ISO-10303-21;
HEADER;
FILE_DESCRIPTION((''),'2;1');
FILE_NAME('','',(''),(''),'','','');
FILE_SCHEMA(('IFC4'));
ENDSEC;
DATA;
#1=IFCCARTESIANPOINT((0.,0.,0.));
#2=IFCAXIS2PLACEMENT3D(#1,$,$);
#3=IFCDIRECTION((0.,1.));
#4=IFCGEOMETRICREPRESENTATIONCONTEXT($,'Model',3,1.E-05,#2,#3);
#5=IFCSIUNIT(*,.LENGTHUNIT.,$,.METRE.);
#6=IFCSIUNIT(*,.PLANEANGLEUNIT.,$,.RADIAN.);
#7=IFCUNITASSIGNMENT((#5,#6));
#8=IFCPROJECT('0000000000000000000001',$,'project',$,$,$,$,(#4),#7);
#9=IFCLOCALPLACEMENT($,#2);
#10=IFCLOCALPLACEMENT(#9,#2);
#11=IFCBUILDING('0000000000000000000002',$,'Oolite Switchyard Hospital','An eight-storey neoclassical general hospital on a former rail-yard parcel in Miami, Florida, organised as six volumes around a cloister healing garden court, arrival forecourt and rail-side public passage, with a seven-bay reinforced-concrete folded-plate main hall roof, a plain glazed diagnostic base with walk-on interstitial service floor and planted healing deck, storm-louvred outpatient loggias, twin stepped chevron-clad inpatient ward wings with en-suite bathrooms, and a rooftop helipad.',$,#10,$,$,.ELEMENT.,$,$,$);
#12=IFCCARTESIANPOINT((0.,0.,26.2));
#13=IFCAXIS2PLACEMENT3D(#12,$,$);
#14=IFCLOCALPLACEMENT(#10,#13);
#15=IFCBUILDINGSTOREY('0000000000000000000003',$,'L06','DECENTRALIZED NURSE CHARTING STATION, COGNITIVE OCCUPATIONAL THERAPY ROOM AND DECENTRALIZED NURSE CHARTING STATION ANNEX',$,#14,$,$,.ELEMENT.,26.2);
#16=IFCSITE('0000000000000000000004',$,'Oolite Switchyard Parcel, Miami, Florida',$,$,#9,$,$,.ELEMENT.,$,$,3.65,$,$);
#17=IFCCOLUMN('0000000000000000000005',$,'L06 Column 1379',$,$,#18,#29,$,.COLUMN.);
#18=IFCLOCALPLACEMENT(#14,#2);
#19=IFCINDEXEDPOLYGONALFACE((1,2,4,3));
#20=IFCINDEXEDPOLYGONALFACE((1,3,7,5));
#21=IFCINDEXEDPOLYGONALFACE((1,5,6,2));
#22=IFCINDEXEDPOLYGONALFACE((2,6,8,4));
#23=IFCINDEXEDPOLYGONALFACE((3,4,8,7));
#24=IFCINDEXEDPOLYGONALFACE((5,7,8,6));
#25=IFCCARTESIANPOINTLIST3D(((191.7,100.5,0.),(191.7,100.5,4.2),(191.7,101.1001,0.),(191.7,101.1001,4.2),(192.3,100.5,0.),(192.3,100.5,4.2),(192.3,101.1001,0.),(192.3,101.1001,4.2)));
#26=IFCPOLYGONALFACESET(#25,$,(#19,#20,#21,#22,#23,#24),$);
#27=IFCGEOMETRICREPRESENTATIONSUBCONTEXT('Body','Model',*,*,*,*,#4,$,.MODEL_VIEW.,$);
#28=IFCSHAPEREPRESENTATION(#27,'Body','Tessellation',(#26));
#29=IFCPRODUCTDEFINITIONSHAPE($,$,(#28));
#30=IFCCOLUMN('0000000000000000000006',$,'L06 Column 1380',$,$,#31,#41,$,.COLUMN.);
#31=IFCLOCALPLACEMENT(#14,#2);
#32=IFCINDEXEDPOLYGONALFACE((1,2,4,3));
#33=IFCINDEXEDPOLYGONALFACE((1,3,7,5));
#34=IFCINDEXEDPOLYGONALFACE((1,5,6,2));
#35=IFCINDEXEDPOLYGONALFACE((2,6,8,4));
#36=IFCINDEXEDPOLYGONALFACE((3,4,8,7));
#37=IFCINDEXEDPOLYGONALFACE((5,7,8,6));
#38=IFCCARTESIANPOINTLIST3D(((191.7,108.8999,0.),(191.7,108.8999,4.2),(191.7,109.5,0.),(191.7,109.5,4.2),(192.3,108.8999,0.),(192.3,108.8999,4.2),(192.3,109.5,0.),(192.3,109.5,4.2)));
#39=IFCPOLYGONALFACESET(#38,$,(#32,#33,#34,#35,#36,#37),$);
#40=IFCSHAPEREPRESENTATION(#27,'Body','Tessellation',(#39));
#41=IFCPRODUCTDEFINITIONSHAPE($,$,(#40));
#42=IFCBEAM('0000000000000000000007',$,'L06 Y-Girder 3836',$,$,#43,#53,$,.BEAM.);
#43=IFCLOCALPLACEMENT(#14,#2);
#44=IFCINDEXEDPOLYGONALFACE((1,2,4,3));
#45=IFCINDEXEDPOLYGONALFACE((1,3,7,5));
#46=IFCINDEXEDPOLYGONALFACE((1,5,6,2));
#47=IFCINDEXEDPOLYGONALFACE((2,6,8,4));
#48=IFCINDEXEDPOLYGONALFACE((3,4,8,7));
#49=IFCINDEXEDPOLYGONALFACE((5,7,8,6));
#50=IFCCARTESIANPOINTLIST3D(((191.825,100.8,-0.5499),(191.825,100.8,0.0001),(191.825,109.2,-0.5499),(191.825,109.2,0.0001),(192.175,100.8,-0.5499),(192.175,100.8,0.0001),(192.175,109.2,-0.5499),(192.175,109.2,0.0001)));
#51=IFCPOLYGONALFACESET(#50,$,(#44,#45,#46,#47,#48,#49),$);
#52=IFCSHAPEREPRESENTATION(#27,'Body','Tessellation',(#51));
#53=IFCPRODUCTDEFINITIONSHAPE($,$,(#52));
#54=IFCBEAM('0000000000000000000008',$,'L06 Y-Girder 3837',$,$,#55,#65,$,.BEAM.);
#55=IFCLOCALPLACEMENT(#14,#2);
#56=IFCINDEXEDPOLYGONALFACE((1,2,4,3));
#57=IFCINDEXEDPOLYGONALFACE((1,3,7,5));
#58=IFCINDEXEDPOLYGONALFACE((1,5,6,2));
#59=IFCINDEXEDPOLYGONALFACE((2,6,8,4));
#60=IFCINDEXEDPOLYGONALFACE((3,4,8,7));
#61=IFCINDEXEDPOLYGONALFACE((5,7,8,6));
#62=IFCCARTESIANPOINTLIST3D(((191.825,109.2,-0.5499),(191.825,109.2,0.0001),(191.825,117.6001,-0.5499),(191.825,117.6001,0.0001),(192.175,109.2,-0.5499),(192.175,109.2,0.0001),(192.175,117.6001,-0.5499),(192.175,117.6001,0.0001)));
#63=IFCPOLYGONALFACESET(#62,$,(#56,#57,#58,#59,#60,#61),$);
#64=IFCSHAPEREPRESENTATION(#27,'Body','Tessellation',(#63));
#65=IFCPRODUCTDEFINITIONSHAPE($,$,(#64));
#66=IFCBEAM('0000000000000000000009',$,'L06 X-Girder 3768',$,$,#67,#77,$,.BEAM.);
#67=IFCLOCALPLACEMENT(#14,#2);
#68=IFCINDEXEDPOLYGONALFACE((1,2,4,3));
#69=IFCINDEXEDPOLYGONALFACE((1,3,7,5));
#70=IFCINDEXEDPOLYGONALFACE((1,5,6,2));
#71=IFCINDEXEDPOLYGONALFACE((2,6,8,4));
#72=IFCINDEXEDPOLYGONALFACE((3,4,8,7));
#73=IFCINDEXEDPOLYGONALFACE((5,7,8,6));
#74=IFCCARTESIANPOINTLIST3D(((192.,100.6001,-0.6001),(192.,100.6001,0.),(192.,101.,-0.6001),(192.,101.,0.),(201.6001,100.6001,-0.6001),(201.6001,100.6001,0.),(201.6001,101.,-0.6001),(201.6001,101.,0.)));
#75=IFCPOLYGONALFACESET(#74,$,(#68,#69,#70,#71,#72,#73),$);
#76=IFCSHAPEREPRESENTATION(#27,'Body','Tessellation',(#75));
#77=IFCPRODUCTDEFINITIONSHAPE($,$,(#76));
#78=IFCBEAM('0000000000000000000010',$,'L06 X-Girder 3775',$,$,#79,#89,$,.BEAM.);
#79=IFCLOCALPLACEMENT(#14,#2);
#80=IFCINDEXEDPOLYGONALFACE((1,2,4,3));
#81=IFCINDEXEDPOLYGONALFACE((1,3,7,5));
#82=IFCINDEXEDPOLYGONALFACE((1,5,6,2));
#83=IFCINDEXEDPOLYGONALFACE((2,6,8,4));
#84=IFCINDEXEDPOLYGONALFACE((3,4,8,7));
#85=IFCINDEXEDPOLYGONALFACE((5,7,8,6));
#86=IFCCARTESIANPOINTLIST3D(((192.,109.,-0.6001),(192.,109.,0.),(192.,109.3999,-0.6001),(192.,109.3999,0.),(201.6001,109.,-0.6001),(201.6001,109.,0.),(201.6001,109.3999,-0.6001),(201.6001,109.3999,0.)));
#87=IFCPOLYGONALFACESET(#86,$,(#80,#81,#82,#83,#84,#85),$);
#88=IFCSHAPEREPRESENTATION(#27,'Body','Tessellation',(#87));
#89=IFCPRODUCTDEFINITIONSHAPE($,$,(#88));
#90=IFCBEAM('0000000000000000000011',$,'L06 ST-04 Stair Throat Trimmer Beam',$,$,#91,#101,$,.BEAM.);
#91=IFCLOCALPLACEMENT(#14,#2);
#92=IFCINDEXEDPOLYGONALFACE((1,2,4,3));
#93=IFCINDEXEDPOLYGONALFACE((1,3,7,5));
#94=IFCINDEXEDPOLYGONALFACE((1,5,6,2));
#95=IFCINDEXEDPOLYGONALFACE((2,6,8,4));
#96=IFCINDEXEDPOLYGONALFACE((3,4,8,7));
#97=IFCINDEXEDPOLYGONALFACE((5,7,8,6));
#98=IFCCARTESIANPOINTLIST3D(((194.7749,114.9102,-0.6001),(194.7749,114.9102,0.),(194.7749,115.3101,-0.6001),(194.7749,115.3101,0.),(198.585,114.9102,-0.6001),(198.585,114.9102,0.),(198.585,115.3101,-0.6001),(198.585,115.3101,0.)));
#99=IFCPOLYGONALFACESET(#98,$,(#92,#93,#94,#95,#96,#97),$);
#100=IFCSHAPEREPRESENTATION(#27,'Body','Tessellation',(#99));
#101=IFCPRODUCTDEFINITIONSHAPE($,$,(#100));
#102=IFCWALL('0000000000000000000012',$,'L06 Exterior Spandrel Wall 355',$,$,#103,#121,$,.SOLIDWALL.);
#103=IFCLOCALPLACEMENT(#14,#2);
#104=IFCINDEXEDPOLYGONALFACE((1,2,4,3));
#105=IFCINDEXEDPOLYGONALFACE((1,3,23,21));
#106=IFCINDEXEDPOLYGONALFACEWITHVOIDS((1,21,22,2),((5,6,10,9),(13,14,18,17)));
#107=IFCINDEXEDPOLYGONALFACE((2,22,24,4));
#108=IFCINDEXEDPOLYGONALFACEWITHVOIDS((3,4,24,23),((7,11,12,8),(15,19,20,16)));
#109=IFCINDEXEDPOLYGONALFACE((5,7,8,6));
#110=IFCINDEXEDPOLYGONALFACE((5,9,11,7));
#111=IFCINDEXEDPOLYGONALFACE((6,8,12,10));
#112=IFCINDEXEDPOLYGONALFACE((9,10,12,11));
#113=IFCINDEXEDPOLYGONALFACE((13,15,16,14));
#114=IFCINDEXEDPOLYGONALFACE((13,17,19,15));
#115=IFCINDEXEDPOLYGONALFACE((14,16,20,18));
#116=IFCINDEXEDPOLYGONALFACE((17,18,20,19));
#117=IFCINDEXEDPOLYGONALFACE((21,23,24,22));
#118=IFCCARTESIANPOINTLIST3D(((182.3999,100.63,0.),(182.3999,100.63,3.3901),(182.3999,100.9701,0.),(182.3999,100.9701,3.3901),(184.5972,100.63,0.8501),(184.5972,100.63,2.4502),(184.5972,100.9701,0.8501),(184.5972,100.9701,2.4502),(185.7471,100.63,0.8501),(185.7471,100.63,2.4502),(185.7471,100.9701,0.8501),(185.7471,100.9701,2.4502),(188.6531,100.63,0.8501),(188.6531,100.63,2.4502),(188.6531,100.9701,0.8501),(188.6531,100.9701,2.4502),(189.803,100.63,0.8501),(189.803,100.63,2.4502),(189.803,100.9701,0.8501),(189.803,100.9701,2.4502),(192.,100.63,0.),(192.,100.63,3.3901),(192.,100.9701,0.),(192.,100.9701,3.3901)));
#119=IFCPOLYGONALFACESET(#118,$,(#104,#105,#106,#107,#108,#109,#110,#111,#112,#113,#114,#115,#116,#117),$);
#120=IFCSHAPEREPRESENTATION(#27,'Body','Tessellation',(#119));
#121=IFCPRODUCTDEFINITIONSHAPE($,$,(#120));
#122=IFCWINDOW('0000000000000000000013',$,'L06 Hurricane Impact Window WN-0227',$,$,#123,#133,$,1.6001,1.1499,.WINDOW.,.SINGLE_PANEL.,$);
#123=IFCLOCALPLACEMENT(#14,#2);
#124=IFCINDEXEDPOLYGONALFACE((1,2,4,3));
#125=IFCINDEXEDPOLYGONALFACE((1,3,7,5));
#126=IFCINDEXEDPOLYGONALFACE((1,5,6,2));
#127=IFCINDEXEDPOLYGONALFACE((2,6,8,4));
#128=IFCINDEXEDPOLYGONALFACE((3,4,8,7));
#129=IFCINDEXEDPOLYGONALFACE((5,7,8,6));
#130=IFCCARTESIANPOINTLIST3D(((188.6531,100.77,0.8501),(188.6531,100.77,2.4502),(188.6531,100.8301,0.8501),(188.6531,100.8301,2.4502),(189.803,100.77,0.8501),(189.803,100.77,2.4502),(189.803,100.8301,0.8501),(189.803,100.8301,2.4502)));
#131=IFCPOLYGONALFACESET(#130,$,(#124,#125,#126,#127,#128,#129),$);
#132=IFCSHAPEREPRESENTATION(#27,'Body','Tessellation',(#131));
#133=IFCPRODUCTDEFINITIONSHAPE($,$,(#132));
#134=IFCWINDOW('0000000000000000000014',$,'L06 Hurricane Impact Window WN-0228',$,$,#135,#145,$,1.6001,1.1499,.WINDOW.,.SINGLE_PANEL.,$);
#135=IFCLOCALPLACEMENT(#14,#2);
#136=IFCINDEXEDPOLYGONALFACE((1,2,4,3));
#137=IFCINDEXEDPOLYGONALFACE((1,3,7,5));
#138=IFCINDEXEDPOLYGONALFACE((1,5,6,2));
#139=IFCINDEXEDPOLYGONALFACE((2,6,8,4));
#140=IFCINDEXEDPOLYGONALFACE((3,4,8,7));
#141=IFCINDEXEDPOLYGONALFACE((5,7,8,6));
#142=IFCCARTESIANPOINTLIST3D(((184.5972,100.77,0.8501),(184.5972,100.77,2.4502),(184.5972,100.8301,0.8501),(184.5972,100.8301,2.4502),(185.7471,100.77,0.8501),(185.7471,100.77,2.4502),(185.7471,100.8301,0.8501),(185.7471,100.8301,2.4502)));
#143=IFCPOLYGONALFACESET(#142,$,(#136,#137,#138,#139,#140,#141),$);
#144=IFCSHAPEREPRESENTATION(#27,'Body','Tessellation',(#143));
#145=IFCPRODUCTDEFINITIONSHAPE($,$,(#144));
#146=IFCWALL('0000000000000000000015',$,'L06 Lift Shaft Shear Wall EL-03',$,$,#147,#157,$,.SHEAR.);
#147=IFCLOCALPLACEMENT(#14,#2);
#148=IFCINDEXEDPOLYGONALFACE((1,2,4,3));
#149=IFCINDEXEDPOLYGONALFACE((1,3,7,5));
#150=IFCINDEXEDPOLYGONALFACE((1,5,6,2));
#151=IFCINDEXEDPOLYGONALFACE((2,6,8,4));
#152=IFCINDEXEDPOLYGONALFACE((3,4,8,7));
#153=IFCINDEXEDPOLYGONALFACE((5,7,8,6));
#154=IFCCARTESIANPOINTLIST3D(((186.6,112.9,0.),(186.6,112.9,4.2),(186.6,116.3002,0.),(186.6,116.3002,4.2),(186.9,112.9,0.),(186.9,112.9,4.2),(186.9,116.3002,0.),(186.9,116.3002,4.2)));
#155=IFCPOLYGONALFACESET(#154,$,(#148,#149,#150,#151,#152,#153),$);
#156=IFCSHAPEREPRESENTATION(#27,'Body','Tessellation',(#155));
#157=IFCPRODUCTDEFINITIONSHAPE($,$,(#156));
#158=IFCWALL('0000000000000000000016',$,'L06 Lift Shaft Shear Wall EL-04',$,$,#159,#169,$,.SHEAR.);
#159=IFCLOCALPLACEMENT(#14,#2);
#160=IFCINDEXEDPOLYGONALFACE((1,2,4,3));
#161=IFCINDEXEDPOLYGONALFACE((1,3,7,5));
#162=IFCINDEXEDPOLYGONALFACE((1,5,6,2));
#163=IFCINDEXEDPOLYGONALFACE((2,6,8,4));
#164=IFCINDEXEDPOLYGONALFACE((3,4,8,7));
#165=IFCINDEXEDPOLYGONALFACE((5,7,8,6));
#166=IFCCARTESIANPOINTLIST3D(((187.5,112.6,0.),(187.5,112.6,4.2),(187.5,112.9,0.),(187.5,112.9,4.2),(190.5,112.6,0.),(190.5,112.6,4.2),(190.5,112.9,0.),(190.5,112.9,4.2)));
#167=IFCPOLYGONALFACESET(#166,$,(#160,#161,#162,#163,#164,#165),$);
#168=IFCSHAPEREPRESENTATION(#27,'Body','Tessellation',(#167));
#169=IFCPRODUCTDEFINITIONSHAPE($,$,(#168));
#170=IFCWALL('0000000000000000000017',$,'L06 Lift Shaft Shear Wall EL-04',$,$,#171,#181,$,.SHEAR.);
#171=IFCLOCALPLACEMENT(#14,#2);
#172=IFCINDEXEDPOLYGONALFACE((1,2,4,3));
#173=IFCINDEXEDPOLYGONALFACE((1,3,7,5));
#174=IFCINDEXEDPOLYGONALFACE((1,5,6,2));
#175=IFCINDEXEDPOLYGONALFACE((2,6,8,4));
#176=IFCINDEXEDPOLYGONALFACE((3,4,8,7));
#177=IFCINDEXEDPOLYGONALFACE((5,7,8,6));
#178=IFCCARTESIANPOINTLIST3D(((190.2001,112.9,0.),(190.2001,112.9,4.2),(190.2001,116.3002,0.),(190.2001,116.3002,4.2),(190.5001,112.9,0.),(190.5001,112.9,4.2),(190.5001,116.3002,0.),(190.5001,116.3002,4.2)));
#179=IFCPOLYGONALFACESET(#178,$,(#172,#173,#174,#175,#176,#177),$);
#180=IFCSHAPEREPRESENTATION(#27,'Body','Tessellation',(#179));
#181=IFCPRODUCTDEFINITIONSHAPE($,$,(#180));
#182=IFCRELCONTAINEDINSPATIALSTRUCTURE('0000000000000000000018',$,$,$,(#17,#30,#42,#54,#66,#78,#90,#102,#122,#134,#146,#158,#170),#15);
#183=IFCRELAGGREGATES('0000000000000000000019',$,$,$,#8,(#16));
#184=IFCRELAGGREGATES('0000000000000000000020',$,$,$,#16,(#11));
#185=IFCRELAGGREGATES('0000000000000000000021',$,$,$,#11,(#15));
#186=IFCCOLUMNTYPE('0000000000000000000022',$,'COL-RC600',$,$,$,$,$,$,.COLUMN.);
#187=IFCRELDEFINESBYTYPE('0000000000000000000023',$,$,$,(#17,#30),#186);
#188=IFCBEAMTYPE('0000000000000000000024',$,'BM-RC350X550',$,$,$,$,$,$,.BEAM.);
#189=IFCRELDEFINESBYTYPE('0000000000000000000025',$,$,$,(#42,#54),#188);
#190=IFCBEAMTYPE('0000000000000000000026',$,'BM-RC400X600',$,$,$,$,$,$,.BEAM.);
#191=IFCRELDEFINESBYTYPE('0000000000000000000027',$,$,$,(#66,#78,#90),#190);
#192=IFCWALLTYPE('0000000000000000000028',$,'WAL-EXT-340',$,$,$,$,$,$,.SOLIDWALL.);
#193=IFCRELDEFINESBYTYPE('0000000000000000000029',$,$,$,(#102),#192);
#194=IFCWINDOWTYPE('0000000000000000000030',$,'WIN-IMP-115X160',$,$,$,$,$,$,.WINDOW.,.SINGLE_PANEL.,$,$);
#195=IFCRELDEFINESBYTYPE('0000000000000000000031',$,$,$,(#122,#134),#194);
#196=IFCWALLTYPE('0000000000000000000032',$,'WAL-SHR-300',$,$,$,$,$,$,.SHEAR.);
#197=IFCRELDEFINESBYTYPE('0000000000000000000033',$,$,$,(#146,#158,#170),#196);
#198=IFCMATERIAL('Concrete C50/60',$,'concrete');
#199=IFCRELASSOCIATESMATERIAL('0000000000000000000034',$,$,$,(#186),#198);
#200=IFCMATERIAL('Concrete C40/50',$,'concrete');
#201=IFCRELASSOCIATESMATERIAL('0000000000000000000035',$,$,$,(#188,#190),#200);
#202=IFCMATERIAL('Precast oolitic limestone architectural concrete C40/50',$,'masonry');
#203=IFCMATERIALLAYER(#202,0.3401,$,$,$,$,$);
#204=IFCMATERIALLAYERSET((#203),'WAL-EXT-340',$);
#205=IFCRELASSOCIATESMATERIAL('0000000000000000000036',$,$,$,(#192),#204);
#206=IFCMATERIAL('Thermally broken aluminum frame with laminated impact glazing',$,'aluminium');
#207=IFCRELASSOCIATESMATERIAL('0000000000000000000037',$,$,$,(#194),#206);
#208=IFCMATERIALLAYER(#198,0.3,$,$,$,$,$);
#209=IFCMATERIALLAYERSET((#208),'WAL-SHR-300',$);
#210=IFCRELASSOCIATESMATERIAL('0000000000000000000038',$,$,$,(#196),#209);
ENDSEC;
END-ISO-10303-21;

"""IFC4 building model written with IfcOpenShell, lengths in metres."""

from ifc_helpers import new_model, si_unit, direction, frame, frame_2d, origin, origin_2d, place, context, subcontext, project, spatial, rectangle, extrude, material, layer, layer_set, material_profile, profile_set, type_object, element, fill, save


model = new_model("IFC4")

# Units and contexts
model_context = context("Model", 3, precision=1e-05, world=origin(), true_north=direction((0.0, 1.0)))
body_context = subcontext(model_context, "Body", "Model", "MODEL_VIEW")
ifc_project = project(units=[si_unit("LENGTHUNIT", "METRE"), si_unit("PLANEANGLEUNIT", "RADIAN")], contexts=[model_context])

# Site, building, storey
site_placement = place(None, origin())
site = spatial("IfcSite", under=ifc_project, at=site_placement, Name="Oolite Switchyard Parcel, Miami, Florida", CompositionType="ELEMENT", RefElevation=3.65)
building_placement = place(site_placement, origin())
building = spatial("IfcBuilding", under=site, at=building_placement, Name="Oolite Switchyard Hospital", Description="An eight-storey neoclassical general hospital on a former rail-yard parcel in Miami, Florida, organised as six volumes around a cloister healing garden court, arrival forecourt and rail-side public passage, with a seven-bay reinforced-concrete folded-plate main hall roof, a plain glazed diagnostic base with walk-on interstitial service floor and planted healing deck, storm-louvred outpatient loggias, twin stepped chevron-clad inpatient ward wings with en-suite bathrooms, and a rooftop helipad.", CompositionType="ELEMENT")
storey_placement = place(building_placement, frame((0.0, 0.0, 26.2)))
storey = spatial("IfcBuildingStorey", under=building, at=storey_placement, Name="L06", Description="DECENTRALIZED NURSE CHARTING STATION, COGNITIVE OCCUPATIONAL THERAPY ROOM AND DECENTRALIZED NURSE CHARTING STATION ANNEX", CompositionType="ELEMENT", Elevation=26.2)

# Columns
ifc_material_1 = material(Name="Concrete C50/60", Category="concrete")
ifc_material_profile_1 = material_profile(ifc_material_1, rectangle(XDim=0.6001, YDim=0.6001, at=origin_2d()), Name="RC600X600")
ifc_profile_set_1 = profile_set([ifc_material_profile_1], Name="Concrete C50/60")
column_type = type_object("IfcColumnType", Name="COL-RC600", PredefinedType="COLUMN", material=ifc_profile_set_1)
for number, where, z_axis, x_axis, name in (
    (1, (192.0, 100.8, 0.0), (0.0, 0.0, 1.0), (1.0, 0.0, 0.0), "L06 Column 1379"),
    (2, (192.0, 109.2, 0.0), (0.0, 0.0, 1.0), (1.0, 0.0, 0.0), "L06 Column 1380"),
):
    element("IfcColumn", number, at=place(storey_placement, frame(where, z_axis=z_axis, x_axis=x_axis)), inside=storey, type_object=column_type, Name=name, PredefinedType="COLUMN", context=body_context, shape_type="SweptSolid", body=[
        extrude(rectangle(XDim=0.6001, YDim=0.6001, at=origin_2d()), origin(), (0.0, 0.0, 1.0), 4.2),
    ])

# Beams
ifc_material_2 = material(Name="Concrete C40/50", Category="concrete")
ifc_material_profile_2 = material_profile(ifc_material_2, rectangle(XDim=0.3501, YDim=0.55, at=origin_2d()), Name="RCB350X550")
ifc_profile_set_2 = profile_set([ifc_material_profile_2], Name="Concrete C40/50")
beam_type_1 = type_object("IfcBeamType", Name="BM-RC350X550", PredefinedType="BEAM", material=ifc_profile_set_2)
beam_1_placement = place(storey_placement, frame((192.0, 100.8, -0.2749), z_axis=(0.0, 1.0, 0.0), x_axis=(-1.0, 0.0, 0.0)))
element("IfcBeam", 3, at=beam_1_placement, inside=storey, type_object=beam_type_1, Name="L06 Y-Girder 3836", PredefinedType="BEAM", context=body_context, shape_type="SweptSolid", body=[
    extrude(rectangle(XDim=0.3501, YDim=0.55, at=origin_2d()), origin(), (0.0, 0.0, 1.0), 8.3999),
])
beam_2_placement = place(storey_placement, frame((192.0, 109.2, -0.2749), z_axis=(0.0, 1.0, 0.0), x_axis=(-1.0, 0.0, 0.0)))
element("IfcBeam", 4, at=beam_2_placement, inside=storey, type_object=beam_type_1, Name="L06 Y-Girder 3837", PredefinedType="BEAM", context=body_context, shape_type="SweptSolid", body=[
    extrude(rectangle(XDim=0.3501, YDim=0.55, at=origin_2d()), origin(), (0.0, 0.0, 1.0), 8.4001),
])
ifc_material_profile_3 = material_profile(ifc_material_2, rectangle(XDim=0.3999, YDim=0.6001, at=origin_2d()), Name="RCB400X600")
ifc_profile_set_3 = profile_set([ifc_material_profile_3], Name="Concrete C40/50")
beam_type_2 = type_object("IfcBeamType", Name="BM-RC400X600", PredefinedType="BEAM", material=ifc_profile_set_3)
for number, where, z_axis, x_axis, name in (
    (5, (192.0, 100.8, -0.3), (1.0, 0.0, 0.0), (0.0, 1.0, 0.0), "L06 X-Girder 3768"),
    (6, (192.0, 109.2, -0.3), (1.0, 0.0, 0.0), (0.0, 1.0, 0.0), "L06 X-Girder 3775"),
):
    element("IfcBeam", number, at=place(storey_placement, frame(where, z_axis=z_axis, x_axis=x_axis)), inside=storey, type_object=beam_type_2, Name=name, PredefinedType="BEAM", context=body_context, shape_type="SweptSolid", body=[
        extrude(rectangle(XDim=0.3999, YDim=0.6001, at=origin_2d()), origin(), (0.0, 0.0, 1.0), 9.6001),
    ])
beam_3_placement = place(storey_placement, frame((194.7749, 115.1101, -0.3), z_axis=(1.0, 0.0, 0.0), x_axis=(0.0, 1.0, 0.0)))
element("IfcBeam", 7, at=beam_3_placement, inside=storey, type_object=beam_type_2, Name="L06 ST-04 Stair Throat Trimmer Beam", PredefinedType="BEAM", context=body_context, shape_type="SweptSolid", body=[
    extrude(rectangle(XDim=0.3999, YDim=0.6001, at=origin_2d()), origin(), (0.0, 0.0, 1.0), 3.8101),
])

# Wall, openings, windows
ifc_material_3 = material(Name="Precast oolitic limestone architectural concrete C40/50", Category="masonry")
ifc_layer_1 = layer(ifc_material_3, 0.3401)
ifc_layer_set_1 = layer_set([ifc_layer_1], Name="WAL-EXT-340")
wall_type_1 = type_object("IfcWallType", Name="WAL-EXT-340", PredefinedType="SOLIDWALL", material=ifc_layer_set_1)
wall_1_placement = place(storey_placement, frame((192.0, 100.8, 0.0), z_axis=(0.0, 0.0, 1.0), x_axis=(-1.0, 0.0, 0.0)))
wall_1 = element("IfcWall", 8, at=wall_1_placement, inside=storey, type_object=wall_type_1, Name="L06 Exterior Spandrel Wall 355", PredefinedType="SOLIDWALL", context=body_context, shape_type="SweptSolid", body=[
    extrude(rectangle(XDim=9.6001, YDim=0.3401, at=frame_2d((4.8, 0.0))), origin(), (0.0, 0.0, 1.0), 3.3901),
])
opening_1_placement = place(wall_1_placement, frame((2.197, 0.0, 0.8501)))
opening_1 = element("IfcOpeningElement", 9, at=opening_1_placement, cuts=wall_1, PredefinedType="OPENING", context=body_context, shape_type="SweptSolid", body=[
    extrude(rectangle(XDim=1.1499, YDim=1.6001, at=frame_2d((0.575, 0.8))), frame((0.0, 0.1802, 0.0), z_axis=(0.0, -1.0, 0.0), x_axis=(1.0, 0.0, 0.0)), (0.0, 0.0, 1.0), 0.3601),
])
opening_2_placement = place(wall_1_placement, frame((6.2529, 0.0, 0.8501)))
opening_2 = element("IfcOpeningElement", 10, at=opening_2_placement, cuts=wall_1, PredefinedType="OPENING", context=body_context, shape_type="SweptSolid", body=[
    extrude(rectangle(XDim=1.1499, YDim=1.6001, at=frame_2d((0.575, 0.8))), frame((0.0, 0.1802, 0.0), z_axis=(0.0, -1.0, 0.0), x_axis=(1.0, 0.0, 0.0)), (0.0, 0.0, 1.0), 0.3601),
])
ifc_material_4 = material(Name="Thermally broken aluminum frame with laminated impact glazing", Category="aluminium")
window_type = type_object("IfcWindowType", Name="WIN-IMP-115X160", PartitioningType="SINGLE_PANEL", PredefinedType="WINDOW", material=ifc_material_4)
window_1_placement = place(opening_1_placement, origin())
window_1 = element("IfcWindow", 11, at=window_1_placement, inside=storey, type_object=window_type, Name="L06 Hurricane Impact Window WN-0227", OverallHeight=1.6001, OverallWidth=1.1499, PartitioningType="SINGLE_PANEL", PredefinedType="WINDOW", context=body_context, shape_type="SweptSolid", body=[
    extrude(rectangle(XDim=1.1499, YDim=1.6001, at=frame_2d((0.575, 0.8))), frame((0.0, 0.03, 0.0), z_axis=(0.0, -1.0, 0.0), x_axis=(1.0, 0.0, 0.0)), (0.0, 0.0, 1.0), 0.0601),
])
fill(opening_1, window_1)
window_2_placement = place(opening_2_placement, origin())
window_2 = element("IfcWindow", 12, at=window_2_placement, inside=storey, type_object=window_type, Name="L06 Hurricane Impact Window WN-0228", OverallHeight=1.6001, OverallWidth=1.1499, PartitioningType="SINGLE_PANEL", PredefinedType="WINDOW", context=body_context, shape_type="SweptSolid", body=[
    extrude(rectangle(XDim=1.1499, YDim=1.6001, at=frame_2d((0.575, 0.8))), frame((0.0, 0.03, 0.0), z_axis=(0.0, -1.0, 0.0), x_axis=(1.0, 0.0, 0.0)), (0.0, 0.0, 1.0), 0.0601),
])
fill(opening_2, window_2)

# Walls
ifc_layer_2 = layer(ifc_material_1, 0.3)
ifc_layer_set_2 = layer_set([ifc_layer_2], Name="WAL-SHR-300")
wall_type_2 = type_object("IfcWallType", Name="WAL-SHR-300", PredefinedType="SHEAR", material=ifc_layer_set_2)
wall_2_placement = place(storey_placement, frame((186.75, 112.8999, 0.0), z_axis=(0.0, 0.0, 1.0), x_axis=(0.0, 1.0, 0.0)))
element("IfcWall", 13, at=wall_2_placement, inside=storey, type_object=wall_type_2, Name="L06 Lift Shaft Shear Wall EL-03", PredefinedType="SHEAR", context=body_context, shape_type="SweptSolid", body=[
    extrude(rectangle(XDim=3.4001, YDim=0.3, at=frame_2d((1.7002, 0.0))), origin(), (0.0, 0.0, 1.0), 4.2),
])
wall_3_placement = place(storey_placement, frame((187.5, 112.75, 0.0), z_axis=(0.0, 0.0, 1.0), x_axis=(1.0, 0.0, 0.0)))
element("IfcWall", 14, at=wall_3_placement, inside=storey, type_object=wall_type_2, Name="L06 Lift Shaft Shear Wall EL-04", PredefinedType="SHEAR", context=body_context, shape_type="SweptSolid", body=[
    extrude(rectangle(XDim=3.0, YDim=0.3, at=frame_2d((1.5, 0.0))), origin(), (0.0, 0.0, 1.0), 4.2),
])
wall_4_placement = place(storey_placement, frame((190.3501, 112.8999, 0.0), z_axis=(0.0, 0.0, 1.0), x_axis=(0.0, 1.0, 0.0)))
element("IfcWall", 15, at=wall_4_placement, inside=storey, type_object=wall_type_2, Name="L06 Lift Shaft Shear Wall EL-04", PredefinedType="SHEAR", context=body_context, shape_type="SweptSolid", body=[
    extrude(rectangle(XDim=3.4001, YDim=0.3, at=frame_2d((1.7002, 0.0))), origin(), (0.0, 0.0, 1.0), 4.2),
])

save(model, "model.ifc")
